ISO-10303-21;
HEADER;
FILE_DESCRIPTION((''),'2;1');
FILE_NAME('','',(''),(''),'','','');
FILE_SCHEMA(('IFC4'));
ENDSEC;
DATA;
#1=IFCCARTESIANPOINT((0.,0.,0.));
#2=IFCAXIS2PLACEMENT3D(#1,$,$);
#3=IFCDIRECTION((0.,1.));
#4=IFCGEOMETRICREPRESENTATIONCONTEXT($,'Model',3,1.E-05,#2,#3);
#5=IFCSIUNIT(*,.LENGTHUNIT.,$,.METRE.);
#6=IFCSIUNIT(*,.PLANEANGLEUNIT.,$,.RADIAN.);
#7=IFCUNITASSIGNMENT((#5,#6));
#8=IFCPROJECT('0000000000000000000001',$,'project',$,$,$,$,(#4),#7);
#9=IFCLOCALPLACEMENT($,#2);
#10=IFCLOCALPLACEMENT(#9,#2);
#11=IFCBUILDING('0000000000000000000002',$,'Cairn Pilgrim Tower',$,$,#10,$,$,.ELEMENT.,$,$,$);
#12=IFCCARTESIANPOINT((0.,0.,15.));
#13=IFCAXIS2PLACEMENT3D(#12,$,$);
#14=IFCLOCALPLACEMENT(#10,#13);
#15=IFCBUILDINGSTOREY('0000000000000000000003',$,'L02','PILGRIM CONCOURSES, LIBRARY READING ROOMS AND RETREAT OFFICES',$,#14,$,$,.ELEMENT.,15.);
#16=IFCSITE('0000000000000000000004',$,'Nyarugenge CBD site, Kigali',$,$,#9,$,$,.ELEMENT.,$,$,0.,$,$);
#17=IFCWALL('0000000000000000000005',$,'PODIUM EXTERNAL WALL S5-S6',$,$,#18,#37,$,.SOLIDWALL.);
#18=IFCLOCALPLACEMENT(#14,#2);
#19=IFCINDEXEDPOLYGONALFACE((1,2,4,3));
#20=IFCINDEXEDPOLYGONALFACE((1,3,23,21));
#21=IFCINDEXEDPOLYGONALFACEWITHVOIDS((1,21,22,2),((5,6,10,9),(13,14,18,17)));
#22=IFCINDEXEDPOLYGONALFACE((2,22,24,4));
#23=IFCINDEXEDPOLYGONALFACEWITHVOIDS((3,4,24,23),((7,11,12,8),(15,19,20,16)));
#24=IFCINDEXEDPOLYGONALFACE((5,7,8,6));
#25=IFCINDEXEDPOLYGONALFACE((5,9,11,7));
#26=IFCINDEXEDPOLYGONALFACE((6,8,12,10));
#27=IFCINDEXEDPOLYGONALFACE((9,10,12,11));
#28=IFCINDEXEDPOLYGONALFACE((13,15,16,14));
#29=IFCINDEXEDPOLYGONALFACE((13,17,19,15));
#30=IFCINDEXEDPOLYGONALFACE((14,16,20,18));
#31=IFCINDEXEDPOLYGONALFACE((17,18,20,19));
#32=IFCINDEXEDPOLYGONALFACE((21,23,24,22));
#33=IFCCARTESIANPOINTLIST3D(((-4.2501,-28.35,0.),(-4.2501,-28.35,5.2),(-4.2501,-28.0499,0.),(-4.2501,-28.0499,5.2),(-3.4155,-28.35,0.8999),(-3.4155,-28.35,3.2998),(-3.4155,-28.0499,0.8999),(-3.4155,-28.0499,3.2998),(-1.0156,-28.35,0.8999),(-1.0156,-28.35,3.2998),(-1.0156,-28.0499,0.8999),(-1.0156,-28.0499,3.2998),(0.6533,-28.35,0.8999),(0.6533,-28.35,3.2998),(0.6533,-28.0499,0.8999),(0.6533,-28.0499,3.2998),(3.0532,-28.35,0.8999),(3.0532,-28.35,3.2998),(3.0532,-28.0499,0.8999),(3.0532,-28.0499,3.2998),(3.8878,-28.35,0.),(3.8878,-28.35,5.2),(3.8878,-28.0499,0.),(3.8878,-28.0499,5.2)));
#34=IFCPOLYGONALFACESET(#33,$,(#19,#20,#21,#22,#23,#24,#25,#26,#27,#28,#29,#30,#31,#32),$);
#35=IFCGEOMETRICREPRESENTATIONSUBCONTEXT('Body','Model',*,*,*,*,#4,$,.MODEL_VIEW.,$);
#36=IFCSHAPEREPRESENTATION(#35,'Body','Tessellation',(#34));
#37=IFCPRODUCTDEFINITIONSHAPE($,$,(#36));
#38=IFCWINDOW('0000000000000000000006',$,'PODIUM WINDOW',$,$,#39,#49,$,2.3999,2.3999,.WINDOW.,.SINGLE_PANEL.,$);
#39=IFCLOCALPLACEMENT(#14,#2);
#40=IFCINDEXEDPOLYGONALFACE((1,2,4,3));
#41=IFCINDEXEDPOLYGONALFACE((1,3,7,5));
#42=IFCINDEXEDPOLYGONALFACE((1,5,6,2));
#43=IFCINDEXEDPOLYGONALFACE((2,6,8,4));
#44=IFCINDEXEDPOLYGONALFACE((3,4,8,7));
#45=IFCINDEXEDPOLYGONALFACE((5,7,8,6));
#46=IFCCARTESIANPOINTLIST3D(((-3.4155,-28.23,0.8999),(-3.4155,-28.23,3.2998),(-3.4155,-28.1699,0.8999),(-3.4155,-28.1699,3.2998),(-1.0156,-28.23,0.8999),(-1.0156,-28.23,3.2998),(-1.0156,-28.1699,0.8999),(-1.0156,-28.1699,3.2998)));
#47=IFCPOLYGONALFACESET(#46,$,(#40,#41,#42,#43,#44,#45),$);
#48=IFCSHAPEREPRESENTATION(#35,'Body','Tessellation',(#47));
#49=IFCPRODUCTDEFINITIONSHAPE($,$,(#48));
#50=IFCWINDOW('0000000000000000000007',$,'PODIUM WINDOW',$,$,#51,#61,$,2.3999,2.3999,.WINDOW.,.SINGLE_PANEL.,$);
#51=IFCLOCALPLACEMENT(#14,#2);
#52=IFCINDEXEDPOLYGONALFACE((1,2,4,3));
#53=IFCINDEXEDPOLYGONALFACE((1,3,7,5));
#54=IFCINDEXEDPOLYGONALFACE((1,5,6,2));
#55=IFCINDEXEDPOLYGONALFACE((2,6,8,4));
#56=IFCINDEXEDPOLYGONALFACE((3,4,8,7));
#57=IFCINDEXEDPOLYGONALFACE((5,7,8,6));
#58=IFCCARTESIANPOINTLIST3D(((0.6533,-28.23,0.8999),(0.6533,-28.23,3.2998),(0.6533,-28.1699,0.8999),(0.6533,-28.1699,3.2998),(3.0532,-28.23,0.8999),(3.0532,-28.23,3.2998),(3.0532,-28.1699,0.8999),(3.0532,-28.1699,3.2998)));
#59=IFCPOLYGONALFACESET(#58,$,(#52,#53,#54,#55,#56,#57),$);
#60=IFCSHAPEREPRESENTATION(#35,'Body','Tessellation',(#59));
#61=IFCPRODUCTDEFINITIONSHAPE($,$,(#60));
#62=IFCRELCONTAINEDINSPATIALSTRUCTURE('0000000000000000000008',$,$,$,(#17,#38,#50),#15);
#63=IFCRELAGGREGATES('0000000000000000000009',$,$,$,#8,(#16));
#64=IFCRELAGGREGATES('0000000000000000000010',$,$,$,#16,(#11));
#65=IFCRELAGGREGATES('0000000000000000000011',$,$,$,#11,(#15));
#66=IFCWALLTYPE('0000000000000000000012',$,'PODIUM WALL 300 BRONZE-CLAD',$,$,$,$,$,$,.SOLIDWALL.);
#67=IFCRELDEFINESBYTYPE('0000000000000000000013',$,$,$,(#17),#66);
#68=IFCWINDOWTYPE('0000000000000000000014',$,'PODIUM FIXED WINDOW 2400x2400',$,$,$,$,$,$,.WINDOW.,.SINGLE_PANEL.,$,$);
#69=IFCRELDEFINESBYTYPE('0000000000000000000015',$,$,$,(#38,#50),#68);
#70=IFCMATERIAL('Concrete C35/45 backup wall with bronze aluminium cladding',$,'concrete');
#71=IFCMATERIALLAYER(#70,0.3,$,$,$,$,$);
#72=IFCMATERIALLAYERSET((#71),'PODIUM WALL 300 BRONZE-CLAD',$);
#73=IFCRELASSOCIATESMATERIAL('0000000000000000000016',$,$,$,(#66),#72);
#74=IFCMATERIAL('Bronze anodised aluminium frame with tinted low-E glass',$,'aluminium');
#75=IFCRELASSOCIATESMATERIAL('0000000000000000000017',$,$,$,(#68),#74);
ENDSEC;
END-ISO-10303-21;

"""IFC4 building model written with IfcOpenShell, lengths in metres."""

from ifc_helpers import new_model, si_unit, direction, frame, frame_2d, origin, place, context, subcontext, project, spatial, rectangle, extrude, material, layer, layer_set, type_object, element, fill, save


model = new_model("IFC4")

# Units and contexts
model_context = context("Model", 3, precision=1e-05, world=origin(), true_north=direction((0.0, 1.0)))
body_context = subcontext(model_context, "Body", "Model", "MODEL_VIEW")
ifc_project = project(units=[si_unit("LENGTHUNIT", "METRE"), si_unit("PLANEANGLEUNIT", "RADIAN")], contexts=[model_context])

# Site, building, storey
site_placement = place(None, origin())
site = spatial("IfcSite", under=ifc_project, at=site_placement, Name="Nyarugenge CBD site, Kigali", CompositionType="ELEMENT", RefElevation=0.0)
building_placement = place(site_placement, origin())
building = spatial("IfcBuilding", under=site, at=building_placement, Name="Cairn Pilgrim Tower", CompositionType="ELEMENT")
storey_placement = place(building_placement, frame((0.0, 0.0, 15.0)))
storey = spatial("IfcBuildingStorey", under=building, at=storey_placement, Name="L02", Description="PILGRIM CONCOURSES, LIBRARY READING ROOMS AND RETREAT OFFICES", CompositionType="ELEMENT", Elevation=15.0)

# Wall, openings, windows
ifc_material_1 = material(Name="Concrete C35/45 backup wall with bronze aluminium cladding", Category="concrete")
ifc_layer_1 = layer(ifc_material_1, 0.3)
ifc_layer_set_1 = layer_set([ifc_layer_1], Name="PODIUM WALL 300 BRONZE-CLAD")
wall_type_1 = type_object("IfcWallType", Name="PODIUM WALL 300 BRONZE-CLAD", PredefinedType="SOLIDWALL", material=ifc_layer_set_1)
ifc_material_2 = material(Name="Bronze anodised aluminium frame with tinted low-E glass", Category="aluminium")
window_type = type_object("IfcWindowType", Name="PODIUM FIXED WINDOW 2400x2400", PartitioningType="SINGLE_PANEL", PredefinedType="WINDOW", material=ifc_material_2)
wall_1_placement = place(storey_placement, frame((-4.25, -28.2, 0.0), z_axis=(0.0, 0.0, 1.0), x_axis=(1.0, 0.0, 0.0)))
wall_1 = element("IfcWall", 1, at=wall_1_placement, inside=storey, type_object=wall_type_1, Name="PODIUM EXTERNAL WALL S5-S6", PredefinedType="SOLIDWALL", context=body_context, shape_type="SweptSolid", body=[
    extrude(rectangle(XDim=8.1379, YDim=0.3, at=frame_2d((4.0688, 0.0))), origin(), (0.0, 0.0, 1.0), 5.2),
])
opening_1_placement = place(wall_1_placement, frame((0.8345, 0.0, 0.8999)))
opening_1 = element("IfcOpeningElement", 2, at=opening_1_placement, cuts=wall_1, PredefinedType="OPENING", context=body_context, shape_type="SweptSolid", body=[
    extrude(rectangle(XDim=2.3999, YDim=2.3999, at=frame_2d((1.2, 1.2))), frame((0.0, 0.1602, 0.0), z_axis=(0.0, -1.0, 0.0), x_axis=(1.0, 0.0, 0.0)), (0.0, 0.0, 1.0), 0.3201),
])
opening_2_placement = place(wall_1_placement, frame((4.9033, 0.0, 0.8999)))
opening_2 = element("IfcOpeningElement", 3, at=opening_2_placement, cuts=wall_1, PredefinedType="OPENING", context=body_context, shape_type="SweptSolid", body=[
    extrude(rectangle(XDim=2.3999, YDim=2.3999, at=frame_2d((1.2, 1.2))), frame((0.0, 0.1602, 0.0), z_axis=(0.0, -1.0, 0.0), x_axis=(1.0, 0.0, 0.0)), (0.0, 0.0, 1.0), 0.3201),
])
window_1_placement = place(opening_1_placement, origin())
window_1 = element("IfcWindow", 4, at=window_1_placement, inside=storey, type_object=window_type, Name="PODIUM WINDOW", OverallHeight=2.3999, OverallWidth=2.3999, PartitioningType="SINGLE_PANEL", PredefinedType="WINDOW", context=body_context, shape_type="SweptSolid", body=[
    extrude(rectangle(XDim=2.3999, YDim=2.3999, at=frame_2d((1.2, 1.2))), frame((0.0, 0.03, 0.0), z_axis=(0.0, -1.0, 0.0), x_axis=(1.0, 0.0, 0.0)), (0.0, 0.0, 1.0), 0.0601),
])
fill(opening_1, window_1)
window_2_placement = place(opening_2_placement, origin())
window_2 = element("IfcWindow", 5, at=window_2_placement, inside=storey, type_object=window_type, Name="PODIUM WINDOW", OverallHeight=2.3999, OverallWidth=2.3999, PartitioningType="SINGLE_PANEL", PredefinedType="WINDOW", context=body_context, shape_type="SweptSolid", body=[
    extrude(rectangle(XDim=2.3999, YDim=2.3999, at=frame_2d((1.2, 1.2))), frame((0.0, 0.03, 0.0), z_axis=(0.0, -1.0, 0.0), x_axis=(1.0, 0.0, 0.0)), (0.0, 0.0, 1.0), 0.0601),
])
fill(opening_2, window_2)

save(model, "model.ifc")
